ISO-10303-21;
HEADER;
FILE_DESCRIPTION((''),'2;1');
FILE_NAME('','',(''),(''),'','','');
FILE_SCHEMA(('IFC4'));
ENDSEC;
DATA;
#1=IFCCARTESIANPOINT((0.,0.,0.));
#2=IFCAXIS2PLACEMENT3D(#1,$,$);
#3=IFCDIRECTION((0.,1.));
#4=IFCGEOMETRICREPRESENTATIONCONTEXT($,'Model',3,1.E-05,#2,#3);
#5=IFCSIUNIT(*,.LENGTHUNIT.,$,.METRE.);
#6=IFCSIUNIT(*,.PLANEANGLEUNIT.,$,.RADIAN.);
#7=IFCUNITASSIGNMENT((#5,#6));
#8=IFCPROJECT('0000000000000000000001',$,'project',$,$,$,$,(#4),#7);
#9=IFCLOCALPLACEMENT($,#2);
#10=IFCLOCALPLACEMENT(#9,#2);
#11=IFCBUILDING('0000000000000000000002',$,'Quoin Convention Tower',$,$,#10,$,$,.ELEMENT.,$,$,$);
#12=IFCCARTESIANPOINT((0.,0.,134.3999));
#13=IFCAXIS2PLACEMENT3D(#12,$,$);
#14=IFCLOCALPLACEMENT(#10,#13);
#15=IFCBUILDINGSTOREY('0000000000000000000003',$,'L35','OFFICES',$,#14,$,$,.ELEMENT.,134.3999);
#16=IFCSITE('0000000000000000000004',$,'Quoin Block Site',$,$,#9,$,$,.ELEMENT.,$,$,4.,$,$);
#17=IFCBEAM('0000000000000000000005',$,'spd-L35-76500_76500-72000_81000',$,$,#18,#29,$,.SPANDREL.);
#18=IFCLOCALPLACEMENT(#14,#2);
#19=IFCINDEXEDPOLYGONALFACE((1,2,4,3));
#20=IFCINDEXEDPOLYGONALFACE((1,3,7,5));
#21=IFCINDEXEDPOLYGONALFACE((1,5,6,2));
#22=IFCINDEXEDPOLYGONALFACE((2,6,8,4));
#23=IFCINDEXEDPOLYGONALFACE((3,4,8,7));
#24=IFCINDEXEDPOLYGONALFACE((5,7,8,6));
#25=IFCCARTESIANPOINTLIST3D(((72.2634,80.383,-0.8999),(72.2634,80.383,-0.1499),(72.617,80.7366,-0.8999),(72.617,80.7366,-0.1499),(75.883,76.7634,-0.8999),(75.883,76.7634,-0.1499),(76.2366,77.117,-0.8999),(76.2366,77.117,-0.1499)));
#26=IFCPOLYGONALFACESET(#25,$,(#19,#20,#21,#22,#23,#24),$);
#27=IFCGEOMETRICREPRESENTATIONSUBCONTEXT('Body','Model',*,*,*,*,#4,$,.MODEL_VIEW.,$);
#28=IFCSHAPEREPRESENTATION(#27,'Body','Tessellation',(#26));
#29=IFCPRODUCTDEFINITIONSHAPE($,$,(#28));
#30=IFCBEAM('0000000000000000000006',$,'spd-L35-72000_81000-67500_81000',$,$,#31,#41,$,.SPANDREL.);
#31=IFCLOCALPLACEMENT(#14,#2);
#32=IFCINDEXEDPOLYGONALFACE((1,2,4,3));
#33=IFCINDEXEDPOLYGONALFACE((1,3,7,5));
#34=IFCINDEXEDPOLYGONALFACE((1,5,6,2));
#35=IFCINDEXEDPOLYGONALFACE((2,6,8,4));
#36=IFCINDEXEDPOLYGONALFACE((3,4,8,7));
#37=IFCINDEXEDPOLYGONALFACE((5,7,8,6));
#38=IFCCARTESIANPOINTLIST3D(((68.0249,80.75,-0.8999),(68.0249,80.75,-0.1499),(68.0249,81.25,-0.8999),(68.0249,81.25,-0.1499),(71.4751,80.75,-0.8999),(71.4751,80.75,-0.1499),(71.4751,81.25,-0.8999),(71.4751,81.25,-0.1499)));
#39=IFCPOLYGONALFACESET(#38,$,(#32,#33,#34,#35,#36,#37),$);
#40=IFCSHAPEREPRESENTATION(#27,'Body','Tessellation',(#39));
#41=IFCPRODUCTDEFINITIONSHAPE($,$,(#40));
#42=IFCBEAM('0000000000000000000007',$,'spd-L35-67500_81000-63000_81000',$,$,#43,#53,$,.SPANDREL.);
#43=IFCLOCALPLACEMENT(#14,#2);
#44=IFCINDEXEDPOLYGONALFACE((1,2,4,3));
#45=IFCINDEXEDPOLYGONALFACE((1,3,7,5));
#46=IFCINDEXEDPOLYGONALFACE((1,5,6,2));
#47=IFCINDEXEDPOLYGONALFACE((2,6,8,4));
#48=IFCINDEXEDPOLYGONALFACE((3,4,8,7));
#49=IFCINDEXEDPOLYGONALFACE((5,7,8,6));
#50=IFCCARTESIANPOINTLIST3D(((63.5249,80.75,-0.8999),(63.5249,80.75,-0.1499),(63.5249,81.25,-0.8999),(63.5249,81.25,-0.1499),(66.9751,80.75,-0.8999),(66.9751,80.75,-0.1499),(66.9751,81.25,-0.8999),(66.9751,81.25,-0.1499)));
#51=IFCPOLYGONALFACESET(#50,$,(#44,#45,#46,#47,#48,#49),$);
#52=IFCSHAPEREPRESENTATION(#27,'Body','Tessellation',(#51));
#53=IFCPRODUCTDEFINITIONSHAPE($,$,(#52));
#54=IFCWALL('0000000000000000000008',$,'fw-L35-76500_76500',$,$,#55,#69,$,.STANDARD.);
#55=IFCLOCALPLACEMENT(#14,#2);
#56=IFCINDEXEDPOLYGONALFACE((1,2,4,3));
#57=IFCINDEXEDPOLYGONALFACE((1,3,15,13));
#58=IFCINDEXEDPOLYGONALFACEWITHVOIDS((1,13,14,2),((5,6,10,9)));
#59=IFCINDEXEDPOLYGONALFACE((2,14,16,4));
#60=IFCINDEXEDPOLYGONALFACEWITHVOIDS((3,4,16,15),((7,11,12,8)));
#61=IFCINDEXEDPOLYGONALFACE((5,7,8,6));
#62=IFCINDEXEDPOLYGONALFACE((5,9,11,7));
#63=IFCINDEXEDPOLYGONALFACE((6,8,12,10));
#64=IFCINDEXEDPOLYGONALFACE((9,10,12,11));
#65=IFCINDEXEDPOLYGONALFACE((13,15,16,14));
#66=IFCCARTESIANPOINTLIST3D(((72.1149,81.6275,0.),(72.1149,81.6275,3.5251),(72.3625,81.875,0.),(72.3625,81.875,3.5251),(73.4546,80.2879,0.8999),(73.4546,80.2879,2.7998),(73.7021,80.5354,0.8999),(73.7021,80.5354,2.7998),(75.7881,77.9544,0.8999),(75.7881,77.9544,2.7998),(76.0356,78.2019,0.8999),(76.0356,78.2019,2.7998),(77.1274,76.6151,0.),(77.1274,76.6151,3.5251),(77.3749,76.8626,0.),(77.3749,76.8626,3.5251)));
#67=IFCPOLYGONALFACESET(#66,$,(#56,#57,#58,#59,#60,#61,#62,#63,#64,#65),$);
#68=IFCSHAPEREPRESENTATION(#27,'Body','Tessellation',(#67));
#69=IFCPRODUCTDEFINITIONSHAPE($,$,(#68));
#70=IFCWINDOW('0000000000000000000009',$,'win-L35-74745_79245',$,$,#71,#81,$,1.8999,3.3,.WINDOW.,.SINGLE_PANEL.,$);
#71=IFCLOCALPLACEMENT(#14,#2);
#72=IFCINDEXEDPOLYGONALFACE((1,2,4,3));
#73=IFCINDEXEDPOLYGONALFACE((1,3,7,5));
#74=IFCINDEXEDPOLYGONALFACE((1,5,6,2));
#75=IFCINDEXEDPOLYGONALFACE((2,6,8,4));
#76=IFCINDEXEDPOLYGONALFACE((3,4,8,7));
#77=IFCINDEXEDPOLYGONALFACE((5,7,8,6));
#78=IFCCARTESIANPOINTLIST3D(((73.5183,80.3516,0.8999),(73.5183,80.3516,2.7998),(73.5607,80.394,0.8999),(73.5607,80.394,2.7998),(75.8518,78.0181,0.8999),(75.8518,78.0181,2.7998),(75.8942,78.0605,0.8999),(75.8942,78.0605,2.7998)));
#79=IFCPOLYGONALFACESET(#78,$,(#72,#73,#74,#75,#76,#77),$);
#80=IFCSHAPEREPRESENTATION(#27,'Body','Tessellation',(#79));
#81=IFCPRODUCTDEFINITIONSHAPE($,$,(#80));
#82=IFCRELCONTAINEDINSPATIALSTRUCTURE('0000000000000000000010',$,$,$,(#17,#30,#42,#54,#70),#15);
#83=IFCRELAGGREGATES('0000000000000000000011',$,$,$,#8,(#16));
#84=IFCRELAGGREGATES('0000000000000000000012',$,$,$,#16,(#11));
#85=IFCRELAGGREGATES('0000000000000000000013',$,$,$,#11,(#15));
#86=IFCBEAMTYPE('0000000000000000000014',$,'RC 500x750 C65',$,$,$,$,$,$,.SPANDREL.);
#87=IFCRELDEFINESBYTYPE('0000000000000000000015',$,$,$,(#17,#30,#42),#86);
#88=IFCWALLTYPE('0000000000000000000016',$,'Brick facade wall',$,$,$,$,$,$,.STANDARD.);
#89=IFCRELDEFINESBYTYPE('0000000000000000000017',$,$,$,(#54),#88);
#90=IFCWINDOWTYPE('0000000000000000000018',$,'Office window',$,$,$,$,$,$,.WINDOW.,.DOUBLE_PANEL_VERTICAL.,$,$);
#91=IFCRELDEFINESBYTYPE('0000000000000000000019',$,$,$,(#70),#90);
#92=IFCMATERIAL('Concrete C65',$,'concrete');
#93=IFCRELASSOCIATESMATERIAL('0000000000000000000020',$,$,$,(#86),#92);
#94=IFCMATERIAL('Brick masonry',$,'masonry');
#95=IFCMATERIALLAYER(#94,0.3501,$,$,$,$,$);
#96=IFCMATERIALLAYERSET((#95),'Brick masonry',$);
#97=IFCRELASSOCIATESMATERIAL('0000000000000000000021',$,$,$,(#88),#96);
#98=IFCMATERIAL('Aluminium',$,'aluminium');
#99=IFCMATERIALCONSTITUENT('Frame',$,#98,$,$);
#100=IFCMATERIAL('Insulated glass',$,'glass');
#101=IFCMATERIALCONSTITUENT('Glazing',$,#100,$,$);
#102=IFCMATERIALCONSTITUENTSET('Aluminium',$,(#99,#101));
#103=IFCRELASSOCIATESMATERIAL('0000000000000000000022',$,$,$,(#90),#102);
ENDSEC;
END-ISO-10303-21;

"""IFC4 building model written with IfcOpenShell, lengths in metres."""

from ifc_helpers import new_model, si_unit, direction, frame, frame_2d, origin, origin_2d, place, context, subcontext, project, spatial, rectangle, extrude, material, layer, layer_set, constituent, constituent_set, material_profile, profile_set, type_object, element, fill, save


model = new_model("IFC4")

# Units and contexts
model_context = context("Model", 3, precision=1e-05, world=origin(), true_north=direction((0.0, 1.0)))
body_context = subcontext(model_context, "Body", "Model", "MODEL_VIEW")
ifc_project = project(units=[si_unit("LENGTHUNIT", "METRE"), si_unit("PLANEANGLEUNIT", "RADIAN")], contexts=[model_context])

# Site, building, storey
site_placement = place(None, origin())
site = spatial("IfcSite", under=ifc_project, at=site_placement, Name="Quoin Block Site", CompositionType="ELEMENT", RefElevation=4.0)
building_placement = place(site_placement, origin())
building = spatial("IfcBuilding", under=site, at=building_placement, Name="Quoin Convention Tower", CompositionType="ELEMENT")
storey_placement = place(building_placement, frame((0.0, 0.0, 134.3999)))
storey = spatial("IfcBuildingStorey", under=building, at=storey_placement, Name="L35", Description="OFFICES", CompositionType="ELEMENT", Elevation=134.3999)

# Shared definitions
ifc_material_1 = material(Name="Concrete C65", Category="concrete")

# Beams
ifc_material_profile_1 = material_profile(ifc_material_1, rectangle(XDim=0.5, YDim=0.75, at=origin_2d()), Name="RC 500x750")
ifc_profile_set_1 = profile_set([ifc_material_profile_1], Name="Concrete C65")
beam_type_1 = type_object("IfcBeamType", Name="RC 500x750 C65", PredefinedType="SPANDREL", material=ifc_profile_set_1)
beam_1_placement = place(storey_placement, frame((76.0598, 76.9402, -0.5249), z_axis=(-0.707107, 0.707107, 0.0), x_axis=(-0.707107, -0.707107, 0.0)))
element("IfcBeam", 1, at=beam_1_placement, inside=storey, type_object=beam_type_1, Name="spd-L35-76500_76500-72000_81000", PredefinedType="SPANDREL", context=body_context, shape_type="SweptSolid", body=[
    extrude(rectangle(XDim=0.5, YDim=0.75, at=origin_2d()), origin(), (0.0, 0.0, 1.0), 5.1189),
])
for number, where, z_axis, x_axis, name in (
    (2, (71.4751, 81.0, -0.5249), (-1.0, 0.0, 0.0), (0.0, -1.0, 0.0), "spd-L35-72000_81000-67500_81000"),
    (3, (66.9751, 81.0, -0.5249), (-1.0, 0.0, 0.0), (0.0, -1.0, 0.0), "spd-L35-67500_81000-63000_81000"),
):
    element("IfcBeam", number, at=place(storey_placement, frame(where, z_axis=z_axis, x_axis=x_axis)), inside=storey, type_object=beam_type_1, Name=name, PredefinedType="SPANDREL", context=body_context, shape_type="SweptSolid", body=[
        extrude(rectangle(XDim=0.5, YDim=0.75, at=origin_2d()), origin(), (0.0, 0.0, 1.0), 3.4502),
    ])

# Wall, opening, window
ifc_material_2 = material(Name="Brick masonry", Category="masonry")
ifc_layer_1 = layer(ifc_material_2, 0.3501)
ifc_layer_set_1 = layer_set([ifc_layer_1], Name="Brick masonry")
wall_type_1 = type_object("IfcWallType", Name="Brick facade wall", PredefinedType="STANDARD", material=ifc_layer_set_1)
wall_1_placement = place(storey_placement, frame((77.2512, 76.7388, 0.0), z_axis=(0.0, 0.0, 1.0), x_axis=(-0.707107, 0.707107, 0.0)))
wall_1 = element("IfcWall", 4, at=wall_1_placement, inside=storey, type_object=wall_type_1, Name="fw-L35-76500_76500", PredefinedType="STANDARD", context=body_context, shape_type="SweptSolid", body=[
    extrude(rectangle(XDim=7.0886, YDim=0.3501, at=frame_2d((3.5444, 0.0))), origin(), (0.0, 0.0, 1.0), 3.5251),
])
opening_1_placement = place(wall_1_placement, frame((1.8943, 0.0, 0.8999)))
opening_1 = element("IfcOpeningElement", 5, at=opening_1_placement, cuts=wall_1, PredefinedType="OPENING", context=body_context, shape_type="SweptSolid", body=[
    extrude(rectangle(XDim=3.3, YDim=1.8999, at=frame_2d((1.6499, 0.95))), frame((0.0, 0.1851, 0.0), z_axis=(0.0, -1.0, 0.0), x_axis=(1.0, 0.0, 0.0)), (0.0, 0.0, 1.0), 0.3701),
])
ifc_material_3 = material(Name="Aluminium", Category="aluminium")
ifc_constituent_1 = constituent(ifc_material_3, Name="Frame")
ifc_material_4 = material(Name="Insulated glass", Category="glass")
ifc_constituent_2 = constituent(ifc_material_4, Name="Glazing")
ifc_constituent_set = constituent_set(constituents=[ifc_constituent_1, ifc_constituent_2], Name="Aluminium")
window_type = type_object("IfcWindowType", Name="Office window", PartitioningType="DOUBLE_PANEL_VERTICAL", PredefinedType="WINDOW", material=ifc_constituent_set)
window_1_placement = place(opening_1_placement, origin())
window_1 = element("IfcWindow", 6, at=window_1_placement, inside=storey, type_object=window_type, Name="win-L35-74745_79245", OverallHeight=1.8999, OverallWidth=3.3, PartitioningType="SINGLE_PANEL", PredefinedType="WINDOW", context=body_context, shape_type="SweptSolid", body=[
    extrude(rectangle(XDim=3.3, YDim=1.8999, at=frame_2d((1.6499, 0.95))), frame((0.0, 0.085, 0.0), z_axis=(0.0, -1.0, 0.0), x_axis=(1.0, 0.0, 0.0)), (0.0, 0.0, 1.0), 0.0601),
])
fill(opening_1, window_1)

save(model, "model.ifc")
